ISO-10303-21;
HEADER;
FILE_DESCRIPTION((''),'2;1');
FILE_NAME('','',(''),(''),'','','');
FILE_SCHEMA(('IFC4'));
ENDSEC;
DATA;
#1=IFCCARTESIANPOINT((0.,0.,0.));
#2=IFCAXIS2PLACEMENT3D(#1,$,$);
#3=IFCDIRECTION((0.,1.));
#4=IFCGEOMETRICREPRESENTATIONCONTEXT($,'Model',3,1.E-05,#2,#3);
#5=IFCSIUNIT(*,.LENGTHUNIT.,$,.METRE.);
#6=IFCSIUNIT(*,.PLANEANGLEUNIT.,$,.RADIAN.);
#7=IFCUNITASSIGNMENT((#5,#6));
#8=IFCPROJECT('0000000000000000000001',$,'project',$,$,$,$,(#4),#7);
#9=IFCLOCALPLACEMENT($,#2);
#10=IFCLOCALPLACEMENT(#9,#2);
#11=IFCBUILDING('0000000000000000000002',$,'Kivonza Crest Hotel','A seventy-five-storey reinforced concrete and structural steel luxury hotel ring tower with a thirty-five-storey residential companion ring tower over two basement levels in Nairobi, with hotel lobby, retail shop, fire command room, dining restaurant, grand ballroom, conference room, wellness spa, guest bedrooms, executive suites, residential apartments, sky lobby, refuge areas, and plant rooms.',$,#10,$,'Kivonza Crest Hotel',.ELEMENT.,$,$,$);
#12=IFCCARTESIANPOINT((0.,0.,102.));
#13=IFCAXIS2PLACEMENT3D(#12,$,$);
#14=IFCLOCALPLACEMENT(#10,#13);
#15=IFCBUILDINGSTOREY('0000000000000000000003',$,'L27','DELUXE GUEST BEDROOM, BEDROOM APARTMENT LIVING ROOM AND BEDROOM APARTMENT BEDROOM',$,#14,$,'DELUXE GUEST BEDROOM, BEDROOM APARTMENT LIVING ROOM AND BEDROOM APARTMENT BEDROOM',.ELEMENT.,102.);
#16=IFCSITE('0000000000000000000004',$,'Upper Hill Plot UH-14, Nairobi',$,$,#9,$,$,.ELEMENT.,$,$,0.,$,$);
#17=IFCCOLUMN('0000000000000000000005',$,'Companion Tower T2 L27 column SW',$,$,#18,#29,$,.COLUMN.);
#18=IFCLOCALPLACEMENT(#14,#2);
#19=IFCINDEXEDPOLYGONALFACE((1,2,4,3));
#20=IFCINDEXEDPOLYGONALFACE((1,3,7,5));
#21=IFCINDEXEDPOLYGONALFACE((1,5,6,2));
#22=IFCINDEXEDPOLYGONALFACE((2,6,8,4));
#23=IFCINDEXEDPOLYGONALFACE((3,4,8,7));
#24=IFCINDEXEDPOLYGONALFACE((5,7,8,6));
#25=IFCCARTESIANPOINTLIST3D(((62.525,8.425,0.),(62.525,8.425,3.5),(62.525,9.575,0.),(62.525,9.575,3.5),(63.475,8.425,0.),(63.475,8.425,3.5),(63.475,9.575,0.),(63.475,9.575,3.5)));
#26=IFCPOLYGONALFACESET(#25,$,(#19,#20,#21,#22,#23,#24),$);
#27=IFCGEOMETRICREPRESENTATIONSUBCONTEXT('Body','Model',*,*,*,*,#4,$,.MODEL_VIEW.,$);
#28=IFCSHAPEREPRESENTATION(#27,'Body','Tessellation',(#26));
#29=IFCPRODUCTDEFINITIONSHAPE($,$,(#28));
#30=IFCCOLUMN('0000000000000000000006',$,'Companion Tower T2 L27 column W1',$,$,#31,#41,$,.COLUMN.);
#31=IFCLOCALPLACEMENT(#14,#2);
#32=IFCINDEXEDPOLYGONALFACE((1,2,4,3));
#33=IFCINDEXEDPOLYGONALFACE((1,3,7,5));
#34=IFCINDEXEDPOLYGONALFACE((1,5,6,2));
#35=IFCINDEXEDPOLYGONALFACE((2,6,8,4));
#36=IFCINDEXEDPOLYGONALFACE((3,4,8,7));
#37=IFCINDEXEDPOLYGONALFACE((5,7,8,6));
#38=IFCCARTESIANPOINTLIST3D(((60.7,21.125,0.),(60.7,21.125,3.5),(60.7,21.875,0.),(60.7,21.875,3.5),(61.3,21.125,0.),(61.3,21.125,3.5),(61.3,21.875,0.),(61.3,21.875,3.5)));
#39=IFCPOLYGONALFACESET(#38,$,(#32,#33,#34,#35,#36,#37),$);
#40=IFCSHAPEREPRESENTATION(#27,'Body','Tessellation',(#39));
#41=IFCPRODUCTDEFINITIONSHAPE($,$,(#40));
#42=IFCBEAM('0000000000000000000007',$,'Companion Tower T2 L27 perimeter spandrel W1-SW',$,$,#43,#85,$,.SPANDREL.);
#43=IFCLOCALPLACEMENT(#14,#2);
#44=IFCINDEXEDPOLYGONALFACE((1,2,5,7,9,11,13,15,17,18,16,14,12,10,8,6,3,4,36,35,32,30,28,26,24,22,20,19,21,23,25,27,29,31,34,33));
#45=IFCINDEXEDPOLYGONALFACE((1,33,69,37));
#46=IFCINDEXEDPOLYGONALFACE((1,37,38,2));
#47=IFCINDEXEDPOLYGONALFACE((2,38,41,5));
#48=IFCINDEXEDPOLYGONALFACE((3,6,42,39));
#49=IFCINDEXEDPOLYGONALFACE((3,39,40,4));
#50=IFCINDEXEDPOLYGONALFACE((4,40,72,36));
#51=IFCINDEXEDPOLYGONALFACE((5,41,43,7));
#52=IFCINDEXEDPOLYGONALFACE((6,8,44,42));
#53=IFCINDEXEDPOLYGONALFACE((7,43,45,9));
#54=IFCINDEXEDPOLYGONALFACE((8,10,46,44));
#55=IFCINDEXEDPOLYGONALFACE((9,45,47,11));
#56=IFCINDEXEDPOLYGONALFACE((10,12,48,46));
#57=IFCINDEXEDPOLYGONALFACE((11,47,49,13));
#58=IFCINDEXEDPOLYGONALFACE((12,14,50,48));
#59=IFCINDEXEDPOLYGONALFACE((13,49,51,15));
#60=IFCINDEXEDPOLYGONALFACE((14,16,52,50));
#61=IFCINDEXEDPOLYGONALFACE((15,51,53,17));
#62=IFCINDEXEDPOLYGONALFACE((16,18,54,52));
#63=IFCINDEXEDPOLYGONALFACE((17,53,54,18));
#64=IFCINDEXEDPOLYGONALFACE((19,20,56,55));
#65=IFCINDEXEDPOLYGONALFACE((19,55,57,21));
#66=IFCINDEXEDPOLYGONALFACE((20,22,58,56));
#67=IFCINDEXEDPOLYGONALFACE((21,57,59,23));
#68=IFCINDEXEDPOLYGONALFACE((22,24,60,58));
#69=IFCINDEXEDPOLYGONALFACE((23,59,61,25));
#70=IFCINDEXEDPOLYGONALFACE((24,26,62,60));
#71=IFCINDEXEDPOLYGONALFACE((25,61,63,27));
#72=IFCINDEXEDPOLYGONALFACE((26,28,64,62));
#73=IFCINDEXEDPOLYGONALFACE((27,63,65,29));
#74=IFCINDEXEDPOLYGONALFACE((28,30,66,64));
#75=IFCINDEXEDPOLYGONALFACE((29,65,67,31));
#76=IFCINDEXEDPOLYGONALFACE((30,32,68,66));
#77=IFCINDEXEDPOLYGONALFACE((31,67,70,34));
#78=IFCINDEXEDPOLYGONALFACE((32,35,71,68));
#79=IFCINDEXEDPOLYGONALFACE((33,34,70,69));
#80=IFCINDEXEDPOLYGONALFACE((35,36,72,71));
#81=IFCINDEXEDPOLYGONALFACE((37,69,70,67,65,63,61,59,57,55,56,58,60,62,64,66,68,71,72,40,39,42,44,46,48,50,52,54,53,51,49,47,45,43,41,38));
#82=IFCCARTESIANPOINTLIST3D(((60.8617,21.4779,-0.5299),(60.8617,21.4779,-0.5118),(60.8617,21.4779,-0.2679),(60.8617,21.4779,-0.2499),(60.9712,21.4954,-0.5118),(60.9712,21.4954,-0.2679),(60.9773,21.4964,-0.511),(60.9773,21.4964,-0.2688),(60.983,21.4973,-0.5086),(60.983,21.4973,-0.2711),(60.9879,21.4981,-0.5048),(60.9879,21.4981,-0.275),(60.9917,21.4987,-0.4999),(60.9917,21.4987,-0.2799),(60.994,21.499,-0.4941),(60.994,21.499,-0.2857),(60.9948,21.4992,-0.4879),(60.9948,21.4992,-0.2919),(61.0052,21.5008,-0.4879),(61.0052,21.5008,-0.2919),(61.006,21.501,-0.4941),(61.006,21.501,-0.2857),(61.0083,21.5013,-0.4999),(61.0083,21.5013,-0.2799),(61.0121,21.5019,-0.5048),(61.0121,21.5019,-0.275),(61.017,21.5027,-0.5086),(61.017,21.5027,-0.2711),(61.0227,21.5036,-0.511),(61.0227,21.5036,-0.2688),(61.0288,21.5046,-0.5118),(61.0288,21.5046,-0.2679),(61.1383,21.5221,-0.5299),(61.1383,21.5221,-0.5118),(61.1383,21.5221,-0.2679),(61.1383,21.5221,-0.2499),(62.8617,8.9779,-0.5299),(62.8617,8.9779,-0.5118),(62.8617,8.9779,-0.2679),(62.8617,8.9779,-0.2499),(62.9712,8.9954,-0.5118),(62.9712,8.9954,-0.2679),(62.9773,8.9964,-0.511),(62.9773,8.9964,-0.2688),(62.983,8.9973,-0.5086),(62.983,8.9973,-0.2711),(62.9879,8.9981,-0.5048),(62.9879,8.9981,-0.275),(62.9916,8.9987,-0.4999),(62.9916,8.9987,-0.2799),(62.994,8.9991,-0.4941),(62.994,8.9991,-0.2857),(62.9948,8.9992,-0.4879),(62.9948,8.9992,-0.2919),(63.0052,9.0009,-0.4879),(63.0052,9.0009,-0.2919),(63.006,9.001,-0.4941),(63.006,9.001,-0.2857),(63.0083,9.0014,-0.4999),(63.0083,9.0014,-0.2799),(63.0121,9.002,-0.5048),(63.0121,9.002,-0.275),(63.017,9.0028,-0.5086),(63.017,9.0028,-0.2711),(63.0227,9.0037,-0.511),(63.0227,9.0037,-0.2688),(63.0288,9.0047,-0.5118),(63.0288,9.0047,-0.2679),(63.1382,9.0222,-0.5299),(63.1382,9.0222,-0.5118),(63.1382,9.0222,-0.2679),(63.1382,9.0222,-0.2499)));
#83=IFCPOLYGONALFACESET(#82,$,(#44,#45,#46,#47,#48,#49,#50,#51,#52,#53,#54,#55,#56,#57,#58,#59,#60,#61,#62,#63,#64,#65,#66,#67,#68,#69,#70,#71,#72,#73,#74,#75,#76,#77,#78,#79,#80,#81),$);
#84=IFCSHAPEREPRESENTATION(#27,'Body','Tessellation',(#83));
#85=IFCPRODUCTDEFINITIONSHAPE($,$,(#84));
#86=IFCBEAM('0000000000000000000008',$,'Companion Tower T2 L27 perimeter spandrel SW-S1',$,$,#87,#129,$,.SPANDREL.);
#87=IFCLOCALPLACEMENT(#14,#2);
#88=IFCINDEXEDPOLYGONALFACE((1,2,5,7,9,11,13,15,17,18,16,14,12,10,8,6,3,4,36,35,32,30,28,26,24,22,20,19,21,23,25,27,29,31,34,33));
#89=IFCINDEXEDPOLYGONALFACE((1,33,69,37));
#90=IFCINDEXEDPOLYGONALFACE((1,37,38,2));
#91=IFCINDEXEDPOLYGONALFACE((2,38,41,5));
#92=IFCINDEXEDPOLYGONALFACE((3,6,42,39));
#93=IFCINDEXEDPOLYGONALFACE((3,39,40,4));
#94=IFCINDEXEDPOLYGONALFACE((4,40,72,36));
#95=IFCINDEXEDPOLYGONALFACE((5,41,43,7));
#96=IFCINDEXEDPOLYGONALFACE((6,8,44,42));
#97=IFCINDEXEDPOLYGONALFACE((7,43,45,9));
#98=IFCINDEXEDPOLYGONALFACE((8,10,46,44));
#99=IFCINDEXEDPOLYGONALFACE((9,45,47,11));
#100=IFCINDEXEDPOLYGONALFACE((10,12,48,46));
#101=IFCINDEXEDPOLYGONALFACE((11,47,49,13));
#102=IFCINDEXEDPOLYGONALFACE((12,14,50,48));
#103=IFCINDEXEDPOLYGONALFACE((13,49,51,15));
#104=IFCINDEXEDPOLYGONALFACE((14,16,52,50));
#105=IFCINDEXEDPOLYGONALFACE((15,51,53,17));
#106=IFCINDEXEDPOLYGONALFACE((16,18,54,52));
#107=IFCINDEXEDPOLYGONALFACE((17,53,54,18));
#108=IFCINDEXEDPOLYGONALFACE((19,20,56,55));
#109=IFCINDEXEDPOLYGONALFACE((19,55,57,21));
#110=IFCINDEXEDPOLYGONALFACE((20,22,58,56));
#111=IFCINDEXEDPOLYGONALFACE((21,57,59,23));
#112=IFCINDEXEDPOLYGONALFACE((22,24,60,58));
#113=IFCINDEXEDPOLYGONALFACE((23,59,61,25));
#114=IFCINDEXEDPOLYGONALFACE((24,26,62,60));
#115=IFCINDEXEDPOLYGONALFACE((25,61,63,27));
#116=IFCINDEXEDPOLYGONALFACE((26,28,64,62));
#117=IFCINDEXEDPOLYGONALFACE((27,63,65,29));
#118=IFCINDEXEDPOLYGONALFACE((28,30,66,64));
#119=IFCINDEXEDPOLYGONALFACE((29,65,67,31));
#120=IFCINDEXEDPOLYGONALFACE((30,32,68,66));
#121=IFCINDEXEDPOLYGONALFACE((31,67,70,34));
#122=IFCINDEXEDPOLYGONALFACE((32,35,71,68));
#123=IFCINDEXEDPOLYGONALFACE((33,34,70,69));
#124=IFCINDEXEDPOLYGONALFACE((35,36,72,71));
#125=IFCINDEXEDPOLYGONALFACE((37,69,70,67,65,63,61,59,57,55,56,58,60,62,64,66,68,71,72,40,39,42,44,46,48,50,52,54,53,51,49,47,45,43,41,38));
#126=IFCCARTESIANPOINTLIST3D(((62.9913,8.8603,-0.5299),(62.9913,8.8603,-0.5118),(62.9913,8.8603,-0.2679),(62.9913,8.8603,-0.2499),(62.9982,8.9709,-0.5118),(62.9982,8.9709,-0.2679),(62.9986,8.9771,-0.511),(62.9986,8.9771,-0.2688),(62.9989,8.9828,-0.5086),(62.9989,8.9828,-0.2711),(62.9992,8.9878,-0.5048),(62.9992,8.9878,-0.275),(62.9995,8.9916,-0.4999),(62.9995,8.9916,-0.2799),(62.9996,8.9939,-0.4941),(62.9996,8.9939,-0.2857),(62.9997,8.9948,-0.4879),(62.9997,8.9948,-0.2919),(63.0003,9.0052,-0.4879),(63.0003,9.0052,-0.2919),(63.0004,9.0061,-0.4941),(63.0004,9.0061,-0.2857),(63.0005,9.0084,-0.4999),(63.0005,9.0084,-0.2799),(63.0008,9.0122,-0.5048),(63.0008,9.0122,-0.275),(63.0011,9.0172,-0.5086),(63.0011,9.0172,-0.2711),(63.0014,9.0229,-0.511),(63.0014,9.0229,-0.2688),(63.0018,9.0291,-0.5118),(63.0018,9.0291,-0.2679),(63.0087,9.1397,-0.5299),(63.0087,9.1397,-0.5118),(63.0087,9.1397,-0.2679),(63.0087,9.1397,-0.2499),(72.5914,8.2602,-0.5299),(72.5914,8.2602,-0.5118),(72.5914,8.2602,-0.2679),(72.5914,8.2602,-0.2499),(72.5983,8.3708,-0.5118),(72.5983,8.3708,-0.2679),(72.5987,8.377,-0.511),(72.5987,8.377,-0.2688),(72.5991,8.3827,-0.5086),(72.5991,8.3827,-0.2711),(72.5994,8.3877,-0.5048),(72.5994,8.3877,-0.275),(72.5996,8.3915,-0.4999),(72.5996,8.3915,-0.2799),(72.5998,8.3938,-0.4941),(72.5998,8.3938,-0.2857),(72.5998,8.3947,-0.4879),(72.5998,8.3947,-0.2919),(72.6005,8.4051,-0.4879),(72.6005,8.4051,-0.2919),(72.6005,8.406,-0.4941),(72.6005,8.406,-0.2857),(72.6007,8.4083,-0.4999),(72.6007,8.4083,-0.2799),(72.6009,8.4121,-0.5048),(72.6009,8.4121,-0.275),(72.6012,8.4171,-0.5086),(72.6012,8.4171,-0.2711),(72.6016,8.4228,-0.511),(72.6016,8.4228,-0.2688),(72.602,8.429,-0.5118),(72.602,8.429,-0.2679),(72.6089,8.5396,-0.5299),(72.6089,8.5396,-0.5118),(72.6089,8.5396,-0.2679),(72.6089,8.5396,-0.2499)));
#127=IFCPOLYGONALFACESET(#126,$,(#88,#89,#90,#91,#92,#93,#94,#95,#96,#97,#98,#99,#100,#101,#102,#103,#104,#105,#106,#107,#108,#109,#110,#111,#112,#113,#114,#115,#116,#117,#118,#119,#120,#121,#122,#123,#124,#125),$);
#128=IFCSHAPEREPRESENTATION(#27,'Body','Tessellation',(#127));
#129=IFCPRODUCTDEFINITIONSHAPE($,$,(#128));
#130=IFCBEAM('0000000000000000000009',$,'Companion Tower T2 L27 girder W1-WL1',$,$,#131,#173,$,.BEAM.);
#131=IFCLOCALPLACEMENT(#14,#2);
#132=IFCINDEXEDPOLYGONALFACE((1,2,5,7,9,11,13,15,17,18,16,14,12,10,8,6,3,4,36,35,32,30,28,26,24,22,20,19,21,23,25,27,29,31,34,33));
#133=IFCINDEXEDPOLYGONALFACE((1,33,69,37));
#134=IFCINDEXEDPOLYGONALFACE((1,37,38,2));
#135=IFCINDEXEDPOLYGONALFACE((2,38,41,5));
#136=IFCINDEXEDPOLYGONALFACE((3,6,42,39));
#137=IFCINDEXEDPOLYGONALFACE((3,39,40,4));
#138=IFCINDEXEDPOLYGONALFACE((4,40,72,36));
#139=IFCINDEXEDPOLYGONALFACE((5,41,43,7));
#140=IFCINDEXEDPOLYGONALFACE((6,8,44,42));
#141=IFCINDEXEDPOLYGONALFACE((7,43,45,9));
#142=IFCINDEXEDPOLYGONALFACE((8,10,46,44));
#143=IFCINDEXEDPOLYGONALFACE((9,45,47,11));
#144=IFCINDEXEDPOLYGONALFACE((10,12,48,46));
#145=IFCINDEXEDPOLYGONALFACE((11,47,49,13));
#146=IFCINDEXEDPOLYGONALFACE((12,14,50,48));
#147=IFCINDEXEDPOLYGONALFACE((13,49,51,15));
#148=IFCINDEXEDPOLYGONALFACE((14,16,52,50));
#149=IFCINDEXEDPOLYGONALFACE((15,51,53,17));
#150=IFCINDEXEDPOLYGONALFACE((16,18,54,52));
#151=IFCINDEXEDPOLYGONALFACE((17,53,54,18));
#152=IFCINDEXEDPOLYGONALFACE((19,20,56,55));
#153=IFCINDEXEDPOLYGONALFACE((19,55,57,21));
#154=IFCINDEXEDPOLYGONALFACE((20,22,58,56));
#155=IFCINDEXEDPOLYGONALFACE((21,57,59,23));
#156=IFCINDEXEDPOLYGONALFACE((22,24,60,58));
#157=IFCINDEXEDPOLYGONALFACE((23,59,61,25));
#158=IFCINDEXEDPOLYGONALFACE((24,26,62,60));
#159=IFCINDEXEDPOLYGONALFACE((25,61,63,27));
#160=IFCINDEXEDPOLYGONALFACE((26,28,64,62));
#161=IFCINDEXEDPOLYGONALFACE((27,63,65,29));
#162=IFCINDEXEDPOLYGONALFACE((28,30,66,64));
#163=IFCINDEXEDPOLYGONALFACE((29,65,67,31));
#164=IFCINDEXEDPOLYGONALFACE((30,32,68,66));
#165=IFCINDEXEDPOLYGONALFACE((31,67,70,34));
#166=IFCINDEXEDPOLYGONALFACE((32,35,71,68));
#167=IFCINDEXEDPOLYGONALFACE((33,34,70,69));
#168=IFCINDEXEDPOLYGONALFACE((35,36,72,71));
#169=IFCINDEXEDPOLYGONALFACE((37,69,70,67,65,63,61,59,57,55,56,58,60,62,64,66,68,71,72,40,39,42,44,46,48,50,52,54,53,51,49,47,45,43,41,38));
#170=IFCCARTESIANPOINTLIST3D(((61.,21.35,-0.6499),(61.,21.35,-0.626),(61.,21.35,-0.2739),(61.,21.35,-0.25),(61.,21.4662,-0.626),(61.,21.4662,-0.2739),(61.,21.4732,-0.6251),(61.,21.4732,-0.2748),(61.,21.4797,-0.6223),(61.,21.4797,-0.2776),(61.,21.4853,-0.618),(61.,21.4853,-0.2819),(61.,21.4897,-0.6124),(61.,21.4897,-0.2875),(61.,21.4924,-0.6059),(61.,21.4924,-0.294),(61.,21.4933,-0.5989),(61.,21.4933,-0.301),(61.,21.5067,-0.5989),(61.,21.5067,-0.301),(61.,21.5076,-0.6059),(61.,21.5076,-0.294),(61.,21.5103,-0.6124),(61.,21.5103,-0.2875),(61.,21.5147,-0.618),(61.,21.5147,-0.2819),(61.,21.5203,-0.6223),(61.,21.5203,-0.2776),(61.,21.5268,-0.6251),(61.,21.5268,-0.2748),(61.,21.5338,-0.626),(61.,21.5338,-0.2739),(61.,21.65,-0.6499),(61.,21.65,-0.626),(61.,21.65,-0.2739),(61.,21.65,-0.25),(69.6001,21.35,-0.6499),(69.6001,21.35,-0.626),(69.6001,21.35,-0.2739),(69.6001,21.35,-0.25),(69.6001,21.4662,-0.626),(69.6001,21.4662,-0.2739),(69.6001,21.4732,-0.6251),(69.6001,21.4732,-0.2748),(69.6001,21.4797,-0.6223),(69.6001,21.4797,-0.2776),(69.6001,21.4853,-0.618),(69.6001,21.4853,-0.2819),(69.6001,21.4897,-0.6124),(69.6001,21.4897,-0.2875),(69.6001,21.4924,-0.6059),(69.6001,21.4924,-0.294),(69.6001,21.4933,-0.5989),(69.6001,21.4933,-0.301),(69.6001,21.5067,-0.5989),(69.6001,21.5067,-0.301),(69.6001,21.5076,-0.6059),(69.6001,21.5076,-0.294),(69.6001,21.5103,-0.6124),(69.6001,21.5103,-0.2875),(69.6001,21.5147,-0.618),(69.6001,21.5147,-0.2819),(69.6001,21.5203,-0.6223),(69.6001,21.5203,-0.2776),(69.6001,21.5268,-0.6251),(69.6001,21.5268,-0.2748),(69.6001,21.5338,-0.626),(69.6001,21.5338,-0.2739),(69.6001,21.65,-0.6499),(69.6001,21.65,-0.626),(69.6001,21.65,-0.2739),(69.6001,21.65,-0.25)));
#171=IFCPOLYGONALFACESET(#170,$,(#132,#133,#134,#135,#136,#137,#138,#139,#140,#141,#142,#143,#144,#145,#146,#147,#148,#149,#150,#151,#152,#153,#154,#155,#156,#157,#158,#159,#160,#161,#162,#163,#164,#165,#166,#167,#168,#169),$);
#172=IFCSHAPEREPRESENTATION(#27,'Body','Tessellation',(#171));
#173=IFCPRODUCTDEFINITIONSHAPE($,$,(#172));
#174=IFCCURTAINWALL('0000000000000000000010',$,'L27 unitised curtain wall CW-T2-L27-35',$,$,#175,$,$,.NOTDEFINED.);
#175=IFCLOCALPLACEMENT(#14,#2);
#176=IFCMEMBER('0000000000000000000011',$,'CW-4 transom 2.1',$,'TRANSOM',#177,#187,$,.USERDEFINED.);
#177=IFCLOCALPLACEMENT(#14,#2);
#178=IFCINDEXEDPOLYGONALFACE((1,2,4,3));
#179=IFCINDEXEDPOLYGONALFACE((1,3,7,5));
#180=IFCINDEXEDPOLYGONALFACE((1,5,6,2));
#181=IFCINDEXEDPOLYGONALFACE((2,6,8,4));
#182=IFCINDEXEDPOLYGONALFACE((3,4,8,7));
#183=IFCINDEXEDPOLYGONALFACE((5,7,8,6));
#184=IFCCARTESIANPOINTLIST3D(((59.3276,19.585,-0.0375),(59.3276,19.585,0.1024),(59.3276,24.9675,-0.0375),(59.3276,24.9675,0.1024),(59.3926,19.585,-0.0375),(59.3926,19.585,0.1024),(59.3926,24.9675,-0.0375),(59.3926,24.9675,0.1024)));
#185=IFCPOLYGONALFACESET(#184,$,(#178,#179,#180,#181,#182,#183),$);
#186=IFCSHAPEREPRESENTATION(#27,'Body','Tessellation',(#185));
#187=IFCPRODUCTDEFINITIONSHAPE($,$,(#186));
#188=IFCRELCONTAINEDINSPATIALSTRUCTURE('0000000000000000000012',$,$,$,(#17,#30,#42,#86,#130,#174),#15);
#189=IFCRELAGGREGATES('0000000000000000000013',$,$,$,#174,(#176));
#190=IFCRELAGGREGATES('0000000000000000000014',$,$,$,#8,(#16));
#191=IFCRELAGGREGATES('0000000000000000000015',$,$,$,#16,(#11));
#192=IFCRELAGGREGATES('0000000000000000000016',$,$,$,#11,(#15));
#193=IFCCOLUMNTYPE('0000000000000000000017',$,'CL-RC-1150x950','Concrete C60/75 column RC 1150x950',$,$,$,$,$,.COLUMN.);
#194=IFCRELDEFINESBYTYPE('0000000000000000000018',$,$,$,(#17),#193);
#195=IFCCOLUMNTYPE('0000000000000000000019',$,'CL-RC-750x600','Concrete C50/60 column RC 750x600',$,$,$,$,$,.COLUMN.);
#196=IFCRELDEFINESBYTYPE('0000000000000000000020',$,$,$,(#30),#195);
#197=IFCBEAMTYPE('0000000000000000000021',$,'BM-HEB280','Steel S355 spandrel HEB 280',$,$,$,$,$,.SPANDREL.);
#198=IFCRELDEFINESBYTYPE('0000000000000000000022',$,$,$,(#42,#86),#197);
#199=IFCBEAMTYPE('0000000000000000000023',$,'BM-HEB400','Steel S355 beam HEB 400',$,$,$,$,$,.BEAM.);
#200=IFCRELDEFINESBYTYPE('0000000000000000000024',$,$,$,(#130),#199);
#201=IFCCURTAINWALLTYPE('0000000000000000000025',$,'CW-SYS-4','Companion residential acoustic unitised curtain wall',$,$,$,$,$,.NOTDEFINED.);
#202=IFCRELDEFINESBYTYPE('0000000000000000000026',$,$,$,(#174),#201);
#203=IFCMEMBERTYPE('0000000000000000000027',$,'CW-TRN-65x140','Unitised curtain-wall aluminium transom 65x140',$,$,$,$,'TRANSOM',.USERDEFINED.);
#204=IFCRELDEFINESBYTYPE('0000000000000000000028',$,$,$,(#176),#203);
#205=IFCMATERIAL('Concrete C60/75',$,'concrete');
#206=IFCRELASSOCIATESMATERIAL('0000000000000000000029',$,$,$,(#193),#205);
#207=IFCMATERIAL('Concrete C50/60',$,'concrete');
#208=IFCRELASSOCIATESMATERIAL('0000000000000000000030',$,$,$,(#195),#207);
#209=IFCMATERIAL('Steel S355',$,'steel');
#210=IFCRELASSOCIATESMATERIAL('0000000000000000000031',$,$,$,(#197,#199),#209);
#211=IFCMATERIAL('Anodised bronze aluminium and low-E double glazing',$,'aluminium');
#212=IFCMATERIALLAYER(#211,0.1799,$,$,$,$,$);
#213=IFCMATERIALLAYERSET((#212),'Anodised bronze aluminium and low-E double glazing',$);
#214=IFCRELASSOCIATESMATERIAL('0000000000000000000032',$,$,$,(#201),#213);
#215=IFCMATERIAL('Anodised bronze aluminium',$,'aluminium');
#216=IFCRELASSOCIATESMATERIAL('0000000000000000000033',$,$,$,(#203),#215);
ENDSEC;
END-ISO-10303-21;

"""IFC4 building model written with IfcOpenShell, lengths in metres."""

from ifc_helpers import new_model, si_unit, direction, frame, origin, origin_2d, place, context, subcontext, project, spatial, rectangle, i_section, extrude, material, layer, layer_set, material_profile, profile_set, type_object, element, aggregate, save


model = new_model("IFC4")

# Units and contexts
model_context = context("Model", 3, precision=1e-05, world=origin(), true_north=direction((0.0, 1.0)))
body_context = subcontext(model_context, "Body", "Model", "MODEL_VIEW")
ifc_project = project(units=[si_unit("LENGTHUNIT", "METRE"), si_unit("PLANEANGLEUNIT", "RADIAN")], contexts=[model_context])

# Site, building, storey
site_placement = place(None, origin())
site = spatial("IfcSite", under=ifc_project, at=site_placement, Name="Upper Hill Plot UH-14, Nairobi", CompositionType="ELEMENT", RefElevation=0.0)
building_placement = place(site_placement, origin())
building = spatial("IfcBuilding", under=site, at=building_placement, Name="Kivonza Crest Hotel", Description="A seventy-five-storey reinforced concrete and structural steel luxury hotel ring tower with a thirty-five-storey residential companion ring tower over two basement levels in Nairobi, with hotel lobby, retail shop, fire command room, dining restaurant, grand ballroom, conference room, wellness spa, guest bedrooms, executive suites, residential apartments, sky lobby, refuge areas, and plant rooms.", LongName="Kivonza Crest Hotel", CompositionType="ELEMENT")
storey_placement = place(building_placement, frame((0.0, 0.0, 102.0)))
storey = spatial("IfcBuildingStorey", under=building, at=storey_placement, Name="L27", Description="DELUXE GUEST BEDROOM, BEDROOM APARTMENT LIVING ROOM AND BEDROOM APARTMENT BEDROOM", LongName="DELUXE GUEST BEDROOM, BEDROOM APARTMENT LIVING ROOM AND BEDROOM APARTMENT BEDROOM", CompositionType="ELEMENT", Elevation=102.0)

# Columns
ifc_material_1 = material(Name="Concrete C60/75", Category="concrete")
ifc_material_profile_1 = material_profile(ifc_material_1, rectangle(XDim=0.95, YDim=1.1499, at=origin_2d()), Name="RC 1150x950")
ifc_profile_set_1 = profile_set([ifc_material_profile_1], Name="Concrete C60/75")
column_type_1 = type_object("IfcColumnType", Name="CL-RC-1150x950", Description="Concrete C60/75 column RC 1150x950", PredefinedType="COLUMN", material=ifc_profile_set_1)
column_1_placement = place(storey_placement, frame((63.0, 9.0, 0.0), z_axis=(0.0, 0.0, 1.0), x_axis=(1.0, 0.0, 0.0)))
element("IfcColumn", 1, at=column_1_placement, inside=storey, type_object=column_type_1, Name="Companion Tower T2 L27 column SW", PredefinedType="COLUMN", context=body_context, shape_type="SweptSolid", body=[
    extrude(rectangle(XDim=0.95, YDim=1.1499, at=origin_2d()), origin(), (0.0, 0.0, 1.0), 3.5),
])
ifc_material_2 = material(Name="Concrete C50/60", Category="concrete")
ifc_material_profile_2 = material_profile(ifc_material_2, rectangle(XDim=0.6001, YDim=0.75, at=origin_2d()), Name="RC 750x600")
ifc_profile_set_2 = profile_set([ifc_material_profile_2], Name="Concrete C50/60")
column_type_2 = type_object("IfcColumnType", Name="CL-RC-750x600", Description="Concrete C50/60 column RC 750x600", PredefinedType="COLUMN", material=ifc_profile_set_2)
column_2_placement = place(storey_placement, frame((61.0, 21.5, 0.0), z_axis=(0.0, 0.0, 1.0), x_axis=(1.0, 0.0, 0.0)))
element("IfcColumn", 2, at=column_2_placement, inside=storey, type_object=column_type_2, Name="Companion Tower T2 L27 column W1", PredefinedType="COLUMN", context=body_context, shape_type="SweptSolid", body=[
    extrude(rectangle(XDim=0.6001, YDim=0.75, at=origin_2d()), origin(), (0.0, 0.0, 1.0), 3.5),
])

# Beams
ifc_material_3 = material(Name="Steel S355", Category="steel")
ifc_material_profile_3 = material_profile(ifc_material_3, i_section(OverallWidth=0.28, OverallDepth=0.28, WebThickness=0.0105, FlangeThickness=0.0181, FilletRadius=0.0239, at=origin_2d()), Name="HEB 280")
ifc_profile_set_3 = profile_set([ifc_material_profile_3], Name="Steel S355")
beam_type_1 = type_object("IfcBeamType", Name="BM-HEB280", Description="Steel S355 spandrel HEB 280", PredefinedType="SPANDREL", material=ifc_profile_set_3)
beam_1_placement = place(storey_placement, frame((61.0, 21.5, -0.3899), z_axis=(0.157991, -0.987441, 0.0), x_axis=(0.987441, 0.157991, 0.0)))
element("IfcBeam", 3, at=beam_1_placement, inside=storey, type_object=beam_type_1, Name="Companion Tower T2 L27 perimeter spandrel W1-SW", PredefinedType="SPANDREL", context=body_context, shape_type="SweptSolid", body=[
    extrude(i_section(OverallWidth=0.28, OverallDepth=0.28, WebThickness=0.0105, FlangeThickness=0.0181, FilletRadius=0.0239, at=origin_2d()), origin(), (0.0, 0.0, 1.0), 12.6589),
])
beam_2_placement = place(storey_placement, frame((63.0, 9.0, -0.3899), z_axis=(0.998052, -0.062388, 0.0), x_axis=(0.062388, 0.998052, 0.0)))
element("IfcBeam", 4, at=beam_2_placement, inside=storey, type_object=beam_type_1, Name="Companion Tower T2 L27 perimeter spandrel SW-S1", PredefinedType="SPANDREL", context=body_context, shape_type="SweptSolid", body=[
    extrude(i_section(OverallWidth=0.28, OverallDepth=0.28, WebThickness=0.0105, FlangeThickness=0.0181, FilletRadius=0.0239, at=origin_2d()), origin(), (0.0, 0.0, 1.0), 9.6189),
])
ifc_material_profile_4 = material_profile(ifc_material_3, i_section(OverallWidth=0.3, OverallDepth=0.3999, WebThickness=0.0134, FlangeThickness=0.0239, FilletRadius=0.0271, at=origin_2d()), Name="HEB 400")
ifc_profile_set_4 = profile_set([ifc_material_profile_4], Name="Steel S355")
beam_type_2 = type_object("IfcBeamType", Name="BM-HEB400", Description="Steel S355 beam HEB 400", PredefinedType="BEAM", material=ifc_profile_set_4)
beam_3_placement = place(storey_placement, frame((61.0, 21.5, -0.45), z_axis=(1.0, 0.0, 0.0), x_axis=(0.0, 1.0, 0.0)))
element("IfcBeam", 5, at=beam_3_placement, inside=storey, type_object=beam_type_2, Name="Companion Tower T2 L27 girder W1-WL1", PredefinedType="BEAM", context=body_context, shape_type="SweptSolid", body=[
    extrude(i_section(OverallWidth=0.3, OverallDepth=0.3999, WebThickness=0.0134, FlangeThickness=0.0239, FilletRadius=0.0271, at=origin_2d()), origin(), (0.0, 0.0, 1.0), 8.6001),
])

# Curtain wall, member
ifc_material_4 = material(Name="Anodised bronze aluminium and low-E double glazing", Category="aluminium")
ifc_layer_1 = layer(ifc_material_4, 0.1799)
ifc_layer_set_1 = layer_set([ifc_layer_1], Name="Anodised bronze aluminium and low-E double glazing")
curtain_wall_type = type_object("IfcCurtainWallType", Name="CW-SYS-4", Description="Companion residential acoustic unitised curtain wall", PredefinedType="NOTDEFINED", material=ifc_layer_set_1)
curtain_wall_placement = place(storey_placement, origin())
curtain_wall = element("IfcCurtainWall", 6, at=curtain_wall_placement, inside=storey, type_object=curtain_wall_type, Name="L27 unitised curtain wall CW-T2-L27-35", PredefinedType="NOTDEFINED")
ifc_material_5 = material(Name="Anodised bronze aluminium", Category="aluminium")
ifc_material_profile_5 = material_profile(ifc_material_5, rectangle(XDim=0.0649, YDim=0.1399, at=origin_2d()), Name="CW-T 65x140")
ifc_profile_set_5 = profile_set([ifc_material_profile_5], Name="Anodised bronze aluminium")
member_type = type_object("IfcMemberType", Name="CW-TRN-65x140", Description="Unitised curtain-wall aluminium transom 65x140", ElementType="TRANSOM", PredefinedType="USERDEFINED", material=ifc_profile_set_5)
member_1_placement = place(storey_placement, frame((59.3601, 24.9675, 0.0325), z_axis=(0.0, -1.0, 0.0), x_axis=(1.0, 0.0, 0.0)))
member_1 = element("IfcMember", 7, at=member_1_placement, type_object=member_type, Name="CW-4 transom 2.1", ObjectType="TRANSOM", PredefinedType="USERDEFINED", context=body_context, shape_type="SweptSolid", body=[
    extrude(rectangle(XDim=0.0649, YDim=0.1399, at=origin_2d()), origin(), (0.0, 0.0, 1.0), 5.3826),
])
aggregate(curtain_wall, [member_1])

save(model, "model.ifc")
